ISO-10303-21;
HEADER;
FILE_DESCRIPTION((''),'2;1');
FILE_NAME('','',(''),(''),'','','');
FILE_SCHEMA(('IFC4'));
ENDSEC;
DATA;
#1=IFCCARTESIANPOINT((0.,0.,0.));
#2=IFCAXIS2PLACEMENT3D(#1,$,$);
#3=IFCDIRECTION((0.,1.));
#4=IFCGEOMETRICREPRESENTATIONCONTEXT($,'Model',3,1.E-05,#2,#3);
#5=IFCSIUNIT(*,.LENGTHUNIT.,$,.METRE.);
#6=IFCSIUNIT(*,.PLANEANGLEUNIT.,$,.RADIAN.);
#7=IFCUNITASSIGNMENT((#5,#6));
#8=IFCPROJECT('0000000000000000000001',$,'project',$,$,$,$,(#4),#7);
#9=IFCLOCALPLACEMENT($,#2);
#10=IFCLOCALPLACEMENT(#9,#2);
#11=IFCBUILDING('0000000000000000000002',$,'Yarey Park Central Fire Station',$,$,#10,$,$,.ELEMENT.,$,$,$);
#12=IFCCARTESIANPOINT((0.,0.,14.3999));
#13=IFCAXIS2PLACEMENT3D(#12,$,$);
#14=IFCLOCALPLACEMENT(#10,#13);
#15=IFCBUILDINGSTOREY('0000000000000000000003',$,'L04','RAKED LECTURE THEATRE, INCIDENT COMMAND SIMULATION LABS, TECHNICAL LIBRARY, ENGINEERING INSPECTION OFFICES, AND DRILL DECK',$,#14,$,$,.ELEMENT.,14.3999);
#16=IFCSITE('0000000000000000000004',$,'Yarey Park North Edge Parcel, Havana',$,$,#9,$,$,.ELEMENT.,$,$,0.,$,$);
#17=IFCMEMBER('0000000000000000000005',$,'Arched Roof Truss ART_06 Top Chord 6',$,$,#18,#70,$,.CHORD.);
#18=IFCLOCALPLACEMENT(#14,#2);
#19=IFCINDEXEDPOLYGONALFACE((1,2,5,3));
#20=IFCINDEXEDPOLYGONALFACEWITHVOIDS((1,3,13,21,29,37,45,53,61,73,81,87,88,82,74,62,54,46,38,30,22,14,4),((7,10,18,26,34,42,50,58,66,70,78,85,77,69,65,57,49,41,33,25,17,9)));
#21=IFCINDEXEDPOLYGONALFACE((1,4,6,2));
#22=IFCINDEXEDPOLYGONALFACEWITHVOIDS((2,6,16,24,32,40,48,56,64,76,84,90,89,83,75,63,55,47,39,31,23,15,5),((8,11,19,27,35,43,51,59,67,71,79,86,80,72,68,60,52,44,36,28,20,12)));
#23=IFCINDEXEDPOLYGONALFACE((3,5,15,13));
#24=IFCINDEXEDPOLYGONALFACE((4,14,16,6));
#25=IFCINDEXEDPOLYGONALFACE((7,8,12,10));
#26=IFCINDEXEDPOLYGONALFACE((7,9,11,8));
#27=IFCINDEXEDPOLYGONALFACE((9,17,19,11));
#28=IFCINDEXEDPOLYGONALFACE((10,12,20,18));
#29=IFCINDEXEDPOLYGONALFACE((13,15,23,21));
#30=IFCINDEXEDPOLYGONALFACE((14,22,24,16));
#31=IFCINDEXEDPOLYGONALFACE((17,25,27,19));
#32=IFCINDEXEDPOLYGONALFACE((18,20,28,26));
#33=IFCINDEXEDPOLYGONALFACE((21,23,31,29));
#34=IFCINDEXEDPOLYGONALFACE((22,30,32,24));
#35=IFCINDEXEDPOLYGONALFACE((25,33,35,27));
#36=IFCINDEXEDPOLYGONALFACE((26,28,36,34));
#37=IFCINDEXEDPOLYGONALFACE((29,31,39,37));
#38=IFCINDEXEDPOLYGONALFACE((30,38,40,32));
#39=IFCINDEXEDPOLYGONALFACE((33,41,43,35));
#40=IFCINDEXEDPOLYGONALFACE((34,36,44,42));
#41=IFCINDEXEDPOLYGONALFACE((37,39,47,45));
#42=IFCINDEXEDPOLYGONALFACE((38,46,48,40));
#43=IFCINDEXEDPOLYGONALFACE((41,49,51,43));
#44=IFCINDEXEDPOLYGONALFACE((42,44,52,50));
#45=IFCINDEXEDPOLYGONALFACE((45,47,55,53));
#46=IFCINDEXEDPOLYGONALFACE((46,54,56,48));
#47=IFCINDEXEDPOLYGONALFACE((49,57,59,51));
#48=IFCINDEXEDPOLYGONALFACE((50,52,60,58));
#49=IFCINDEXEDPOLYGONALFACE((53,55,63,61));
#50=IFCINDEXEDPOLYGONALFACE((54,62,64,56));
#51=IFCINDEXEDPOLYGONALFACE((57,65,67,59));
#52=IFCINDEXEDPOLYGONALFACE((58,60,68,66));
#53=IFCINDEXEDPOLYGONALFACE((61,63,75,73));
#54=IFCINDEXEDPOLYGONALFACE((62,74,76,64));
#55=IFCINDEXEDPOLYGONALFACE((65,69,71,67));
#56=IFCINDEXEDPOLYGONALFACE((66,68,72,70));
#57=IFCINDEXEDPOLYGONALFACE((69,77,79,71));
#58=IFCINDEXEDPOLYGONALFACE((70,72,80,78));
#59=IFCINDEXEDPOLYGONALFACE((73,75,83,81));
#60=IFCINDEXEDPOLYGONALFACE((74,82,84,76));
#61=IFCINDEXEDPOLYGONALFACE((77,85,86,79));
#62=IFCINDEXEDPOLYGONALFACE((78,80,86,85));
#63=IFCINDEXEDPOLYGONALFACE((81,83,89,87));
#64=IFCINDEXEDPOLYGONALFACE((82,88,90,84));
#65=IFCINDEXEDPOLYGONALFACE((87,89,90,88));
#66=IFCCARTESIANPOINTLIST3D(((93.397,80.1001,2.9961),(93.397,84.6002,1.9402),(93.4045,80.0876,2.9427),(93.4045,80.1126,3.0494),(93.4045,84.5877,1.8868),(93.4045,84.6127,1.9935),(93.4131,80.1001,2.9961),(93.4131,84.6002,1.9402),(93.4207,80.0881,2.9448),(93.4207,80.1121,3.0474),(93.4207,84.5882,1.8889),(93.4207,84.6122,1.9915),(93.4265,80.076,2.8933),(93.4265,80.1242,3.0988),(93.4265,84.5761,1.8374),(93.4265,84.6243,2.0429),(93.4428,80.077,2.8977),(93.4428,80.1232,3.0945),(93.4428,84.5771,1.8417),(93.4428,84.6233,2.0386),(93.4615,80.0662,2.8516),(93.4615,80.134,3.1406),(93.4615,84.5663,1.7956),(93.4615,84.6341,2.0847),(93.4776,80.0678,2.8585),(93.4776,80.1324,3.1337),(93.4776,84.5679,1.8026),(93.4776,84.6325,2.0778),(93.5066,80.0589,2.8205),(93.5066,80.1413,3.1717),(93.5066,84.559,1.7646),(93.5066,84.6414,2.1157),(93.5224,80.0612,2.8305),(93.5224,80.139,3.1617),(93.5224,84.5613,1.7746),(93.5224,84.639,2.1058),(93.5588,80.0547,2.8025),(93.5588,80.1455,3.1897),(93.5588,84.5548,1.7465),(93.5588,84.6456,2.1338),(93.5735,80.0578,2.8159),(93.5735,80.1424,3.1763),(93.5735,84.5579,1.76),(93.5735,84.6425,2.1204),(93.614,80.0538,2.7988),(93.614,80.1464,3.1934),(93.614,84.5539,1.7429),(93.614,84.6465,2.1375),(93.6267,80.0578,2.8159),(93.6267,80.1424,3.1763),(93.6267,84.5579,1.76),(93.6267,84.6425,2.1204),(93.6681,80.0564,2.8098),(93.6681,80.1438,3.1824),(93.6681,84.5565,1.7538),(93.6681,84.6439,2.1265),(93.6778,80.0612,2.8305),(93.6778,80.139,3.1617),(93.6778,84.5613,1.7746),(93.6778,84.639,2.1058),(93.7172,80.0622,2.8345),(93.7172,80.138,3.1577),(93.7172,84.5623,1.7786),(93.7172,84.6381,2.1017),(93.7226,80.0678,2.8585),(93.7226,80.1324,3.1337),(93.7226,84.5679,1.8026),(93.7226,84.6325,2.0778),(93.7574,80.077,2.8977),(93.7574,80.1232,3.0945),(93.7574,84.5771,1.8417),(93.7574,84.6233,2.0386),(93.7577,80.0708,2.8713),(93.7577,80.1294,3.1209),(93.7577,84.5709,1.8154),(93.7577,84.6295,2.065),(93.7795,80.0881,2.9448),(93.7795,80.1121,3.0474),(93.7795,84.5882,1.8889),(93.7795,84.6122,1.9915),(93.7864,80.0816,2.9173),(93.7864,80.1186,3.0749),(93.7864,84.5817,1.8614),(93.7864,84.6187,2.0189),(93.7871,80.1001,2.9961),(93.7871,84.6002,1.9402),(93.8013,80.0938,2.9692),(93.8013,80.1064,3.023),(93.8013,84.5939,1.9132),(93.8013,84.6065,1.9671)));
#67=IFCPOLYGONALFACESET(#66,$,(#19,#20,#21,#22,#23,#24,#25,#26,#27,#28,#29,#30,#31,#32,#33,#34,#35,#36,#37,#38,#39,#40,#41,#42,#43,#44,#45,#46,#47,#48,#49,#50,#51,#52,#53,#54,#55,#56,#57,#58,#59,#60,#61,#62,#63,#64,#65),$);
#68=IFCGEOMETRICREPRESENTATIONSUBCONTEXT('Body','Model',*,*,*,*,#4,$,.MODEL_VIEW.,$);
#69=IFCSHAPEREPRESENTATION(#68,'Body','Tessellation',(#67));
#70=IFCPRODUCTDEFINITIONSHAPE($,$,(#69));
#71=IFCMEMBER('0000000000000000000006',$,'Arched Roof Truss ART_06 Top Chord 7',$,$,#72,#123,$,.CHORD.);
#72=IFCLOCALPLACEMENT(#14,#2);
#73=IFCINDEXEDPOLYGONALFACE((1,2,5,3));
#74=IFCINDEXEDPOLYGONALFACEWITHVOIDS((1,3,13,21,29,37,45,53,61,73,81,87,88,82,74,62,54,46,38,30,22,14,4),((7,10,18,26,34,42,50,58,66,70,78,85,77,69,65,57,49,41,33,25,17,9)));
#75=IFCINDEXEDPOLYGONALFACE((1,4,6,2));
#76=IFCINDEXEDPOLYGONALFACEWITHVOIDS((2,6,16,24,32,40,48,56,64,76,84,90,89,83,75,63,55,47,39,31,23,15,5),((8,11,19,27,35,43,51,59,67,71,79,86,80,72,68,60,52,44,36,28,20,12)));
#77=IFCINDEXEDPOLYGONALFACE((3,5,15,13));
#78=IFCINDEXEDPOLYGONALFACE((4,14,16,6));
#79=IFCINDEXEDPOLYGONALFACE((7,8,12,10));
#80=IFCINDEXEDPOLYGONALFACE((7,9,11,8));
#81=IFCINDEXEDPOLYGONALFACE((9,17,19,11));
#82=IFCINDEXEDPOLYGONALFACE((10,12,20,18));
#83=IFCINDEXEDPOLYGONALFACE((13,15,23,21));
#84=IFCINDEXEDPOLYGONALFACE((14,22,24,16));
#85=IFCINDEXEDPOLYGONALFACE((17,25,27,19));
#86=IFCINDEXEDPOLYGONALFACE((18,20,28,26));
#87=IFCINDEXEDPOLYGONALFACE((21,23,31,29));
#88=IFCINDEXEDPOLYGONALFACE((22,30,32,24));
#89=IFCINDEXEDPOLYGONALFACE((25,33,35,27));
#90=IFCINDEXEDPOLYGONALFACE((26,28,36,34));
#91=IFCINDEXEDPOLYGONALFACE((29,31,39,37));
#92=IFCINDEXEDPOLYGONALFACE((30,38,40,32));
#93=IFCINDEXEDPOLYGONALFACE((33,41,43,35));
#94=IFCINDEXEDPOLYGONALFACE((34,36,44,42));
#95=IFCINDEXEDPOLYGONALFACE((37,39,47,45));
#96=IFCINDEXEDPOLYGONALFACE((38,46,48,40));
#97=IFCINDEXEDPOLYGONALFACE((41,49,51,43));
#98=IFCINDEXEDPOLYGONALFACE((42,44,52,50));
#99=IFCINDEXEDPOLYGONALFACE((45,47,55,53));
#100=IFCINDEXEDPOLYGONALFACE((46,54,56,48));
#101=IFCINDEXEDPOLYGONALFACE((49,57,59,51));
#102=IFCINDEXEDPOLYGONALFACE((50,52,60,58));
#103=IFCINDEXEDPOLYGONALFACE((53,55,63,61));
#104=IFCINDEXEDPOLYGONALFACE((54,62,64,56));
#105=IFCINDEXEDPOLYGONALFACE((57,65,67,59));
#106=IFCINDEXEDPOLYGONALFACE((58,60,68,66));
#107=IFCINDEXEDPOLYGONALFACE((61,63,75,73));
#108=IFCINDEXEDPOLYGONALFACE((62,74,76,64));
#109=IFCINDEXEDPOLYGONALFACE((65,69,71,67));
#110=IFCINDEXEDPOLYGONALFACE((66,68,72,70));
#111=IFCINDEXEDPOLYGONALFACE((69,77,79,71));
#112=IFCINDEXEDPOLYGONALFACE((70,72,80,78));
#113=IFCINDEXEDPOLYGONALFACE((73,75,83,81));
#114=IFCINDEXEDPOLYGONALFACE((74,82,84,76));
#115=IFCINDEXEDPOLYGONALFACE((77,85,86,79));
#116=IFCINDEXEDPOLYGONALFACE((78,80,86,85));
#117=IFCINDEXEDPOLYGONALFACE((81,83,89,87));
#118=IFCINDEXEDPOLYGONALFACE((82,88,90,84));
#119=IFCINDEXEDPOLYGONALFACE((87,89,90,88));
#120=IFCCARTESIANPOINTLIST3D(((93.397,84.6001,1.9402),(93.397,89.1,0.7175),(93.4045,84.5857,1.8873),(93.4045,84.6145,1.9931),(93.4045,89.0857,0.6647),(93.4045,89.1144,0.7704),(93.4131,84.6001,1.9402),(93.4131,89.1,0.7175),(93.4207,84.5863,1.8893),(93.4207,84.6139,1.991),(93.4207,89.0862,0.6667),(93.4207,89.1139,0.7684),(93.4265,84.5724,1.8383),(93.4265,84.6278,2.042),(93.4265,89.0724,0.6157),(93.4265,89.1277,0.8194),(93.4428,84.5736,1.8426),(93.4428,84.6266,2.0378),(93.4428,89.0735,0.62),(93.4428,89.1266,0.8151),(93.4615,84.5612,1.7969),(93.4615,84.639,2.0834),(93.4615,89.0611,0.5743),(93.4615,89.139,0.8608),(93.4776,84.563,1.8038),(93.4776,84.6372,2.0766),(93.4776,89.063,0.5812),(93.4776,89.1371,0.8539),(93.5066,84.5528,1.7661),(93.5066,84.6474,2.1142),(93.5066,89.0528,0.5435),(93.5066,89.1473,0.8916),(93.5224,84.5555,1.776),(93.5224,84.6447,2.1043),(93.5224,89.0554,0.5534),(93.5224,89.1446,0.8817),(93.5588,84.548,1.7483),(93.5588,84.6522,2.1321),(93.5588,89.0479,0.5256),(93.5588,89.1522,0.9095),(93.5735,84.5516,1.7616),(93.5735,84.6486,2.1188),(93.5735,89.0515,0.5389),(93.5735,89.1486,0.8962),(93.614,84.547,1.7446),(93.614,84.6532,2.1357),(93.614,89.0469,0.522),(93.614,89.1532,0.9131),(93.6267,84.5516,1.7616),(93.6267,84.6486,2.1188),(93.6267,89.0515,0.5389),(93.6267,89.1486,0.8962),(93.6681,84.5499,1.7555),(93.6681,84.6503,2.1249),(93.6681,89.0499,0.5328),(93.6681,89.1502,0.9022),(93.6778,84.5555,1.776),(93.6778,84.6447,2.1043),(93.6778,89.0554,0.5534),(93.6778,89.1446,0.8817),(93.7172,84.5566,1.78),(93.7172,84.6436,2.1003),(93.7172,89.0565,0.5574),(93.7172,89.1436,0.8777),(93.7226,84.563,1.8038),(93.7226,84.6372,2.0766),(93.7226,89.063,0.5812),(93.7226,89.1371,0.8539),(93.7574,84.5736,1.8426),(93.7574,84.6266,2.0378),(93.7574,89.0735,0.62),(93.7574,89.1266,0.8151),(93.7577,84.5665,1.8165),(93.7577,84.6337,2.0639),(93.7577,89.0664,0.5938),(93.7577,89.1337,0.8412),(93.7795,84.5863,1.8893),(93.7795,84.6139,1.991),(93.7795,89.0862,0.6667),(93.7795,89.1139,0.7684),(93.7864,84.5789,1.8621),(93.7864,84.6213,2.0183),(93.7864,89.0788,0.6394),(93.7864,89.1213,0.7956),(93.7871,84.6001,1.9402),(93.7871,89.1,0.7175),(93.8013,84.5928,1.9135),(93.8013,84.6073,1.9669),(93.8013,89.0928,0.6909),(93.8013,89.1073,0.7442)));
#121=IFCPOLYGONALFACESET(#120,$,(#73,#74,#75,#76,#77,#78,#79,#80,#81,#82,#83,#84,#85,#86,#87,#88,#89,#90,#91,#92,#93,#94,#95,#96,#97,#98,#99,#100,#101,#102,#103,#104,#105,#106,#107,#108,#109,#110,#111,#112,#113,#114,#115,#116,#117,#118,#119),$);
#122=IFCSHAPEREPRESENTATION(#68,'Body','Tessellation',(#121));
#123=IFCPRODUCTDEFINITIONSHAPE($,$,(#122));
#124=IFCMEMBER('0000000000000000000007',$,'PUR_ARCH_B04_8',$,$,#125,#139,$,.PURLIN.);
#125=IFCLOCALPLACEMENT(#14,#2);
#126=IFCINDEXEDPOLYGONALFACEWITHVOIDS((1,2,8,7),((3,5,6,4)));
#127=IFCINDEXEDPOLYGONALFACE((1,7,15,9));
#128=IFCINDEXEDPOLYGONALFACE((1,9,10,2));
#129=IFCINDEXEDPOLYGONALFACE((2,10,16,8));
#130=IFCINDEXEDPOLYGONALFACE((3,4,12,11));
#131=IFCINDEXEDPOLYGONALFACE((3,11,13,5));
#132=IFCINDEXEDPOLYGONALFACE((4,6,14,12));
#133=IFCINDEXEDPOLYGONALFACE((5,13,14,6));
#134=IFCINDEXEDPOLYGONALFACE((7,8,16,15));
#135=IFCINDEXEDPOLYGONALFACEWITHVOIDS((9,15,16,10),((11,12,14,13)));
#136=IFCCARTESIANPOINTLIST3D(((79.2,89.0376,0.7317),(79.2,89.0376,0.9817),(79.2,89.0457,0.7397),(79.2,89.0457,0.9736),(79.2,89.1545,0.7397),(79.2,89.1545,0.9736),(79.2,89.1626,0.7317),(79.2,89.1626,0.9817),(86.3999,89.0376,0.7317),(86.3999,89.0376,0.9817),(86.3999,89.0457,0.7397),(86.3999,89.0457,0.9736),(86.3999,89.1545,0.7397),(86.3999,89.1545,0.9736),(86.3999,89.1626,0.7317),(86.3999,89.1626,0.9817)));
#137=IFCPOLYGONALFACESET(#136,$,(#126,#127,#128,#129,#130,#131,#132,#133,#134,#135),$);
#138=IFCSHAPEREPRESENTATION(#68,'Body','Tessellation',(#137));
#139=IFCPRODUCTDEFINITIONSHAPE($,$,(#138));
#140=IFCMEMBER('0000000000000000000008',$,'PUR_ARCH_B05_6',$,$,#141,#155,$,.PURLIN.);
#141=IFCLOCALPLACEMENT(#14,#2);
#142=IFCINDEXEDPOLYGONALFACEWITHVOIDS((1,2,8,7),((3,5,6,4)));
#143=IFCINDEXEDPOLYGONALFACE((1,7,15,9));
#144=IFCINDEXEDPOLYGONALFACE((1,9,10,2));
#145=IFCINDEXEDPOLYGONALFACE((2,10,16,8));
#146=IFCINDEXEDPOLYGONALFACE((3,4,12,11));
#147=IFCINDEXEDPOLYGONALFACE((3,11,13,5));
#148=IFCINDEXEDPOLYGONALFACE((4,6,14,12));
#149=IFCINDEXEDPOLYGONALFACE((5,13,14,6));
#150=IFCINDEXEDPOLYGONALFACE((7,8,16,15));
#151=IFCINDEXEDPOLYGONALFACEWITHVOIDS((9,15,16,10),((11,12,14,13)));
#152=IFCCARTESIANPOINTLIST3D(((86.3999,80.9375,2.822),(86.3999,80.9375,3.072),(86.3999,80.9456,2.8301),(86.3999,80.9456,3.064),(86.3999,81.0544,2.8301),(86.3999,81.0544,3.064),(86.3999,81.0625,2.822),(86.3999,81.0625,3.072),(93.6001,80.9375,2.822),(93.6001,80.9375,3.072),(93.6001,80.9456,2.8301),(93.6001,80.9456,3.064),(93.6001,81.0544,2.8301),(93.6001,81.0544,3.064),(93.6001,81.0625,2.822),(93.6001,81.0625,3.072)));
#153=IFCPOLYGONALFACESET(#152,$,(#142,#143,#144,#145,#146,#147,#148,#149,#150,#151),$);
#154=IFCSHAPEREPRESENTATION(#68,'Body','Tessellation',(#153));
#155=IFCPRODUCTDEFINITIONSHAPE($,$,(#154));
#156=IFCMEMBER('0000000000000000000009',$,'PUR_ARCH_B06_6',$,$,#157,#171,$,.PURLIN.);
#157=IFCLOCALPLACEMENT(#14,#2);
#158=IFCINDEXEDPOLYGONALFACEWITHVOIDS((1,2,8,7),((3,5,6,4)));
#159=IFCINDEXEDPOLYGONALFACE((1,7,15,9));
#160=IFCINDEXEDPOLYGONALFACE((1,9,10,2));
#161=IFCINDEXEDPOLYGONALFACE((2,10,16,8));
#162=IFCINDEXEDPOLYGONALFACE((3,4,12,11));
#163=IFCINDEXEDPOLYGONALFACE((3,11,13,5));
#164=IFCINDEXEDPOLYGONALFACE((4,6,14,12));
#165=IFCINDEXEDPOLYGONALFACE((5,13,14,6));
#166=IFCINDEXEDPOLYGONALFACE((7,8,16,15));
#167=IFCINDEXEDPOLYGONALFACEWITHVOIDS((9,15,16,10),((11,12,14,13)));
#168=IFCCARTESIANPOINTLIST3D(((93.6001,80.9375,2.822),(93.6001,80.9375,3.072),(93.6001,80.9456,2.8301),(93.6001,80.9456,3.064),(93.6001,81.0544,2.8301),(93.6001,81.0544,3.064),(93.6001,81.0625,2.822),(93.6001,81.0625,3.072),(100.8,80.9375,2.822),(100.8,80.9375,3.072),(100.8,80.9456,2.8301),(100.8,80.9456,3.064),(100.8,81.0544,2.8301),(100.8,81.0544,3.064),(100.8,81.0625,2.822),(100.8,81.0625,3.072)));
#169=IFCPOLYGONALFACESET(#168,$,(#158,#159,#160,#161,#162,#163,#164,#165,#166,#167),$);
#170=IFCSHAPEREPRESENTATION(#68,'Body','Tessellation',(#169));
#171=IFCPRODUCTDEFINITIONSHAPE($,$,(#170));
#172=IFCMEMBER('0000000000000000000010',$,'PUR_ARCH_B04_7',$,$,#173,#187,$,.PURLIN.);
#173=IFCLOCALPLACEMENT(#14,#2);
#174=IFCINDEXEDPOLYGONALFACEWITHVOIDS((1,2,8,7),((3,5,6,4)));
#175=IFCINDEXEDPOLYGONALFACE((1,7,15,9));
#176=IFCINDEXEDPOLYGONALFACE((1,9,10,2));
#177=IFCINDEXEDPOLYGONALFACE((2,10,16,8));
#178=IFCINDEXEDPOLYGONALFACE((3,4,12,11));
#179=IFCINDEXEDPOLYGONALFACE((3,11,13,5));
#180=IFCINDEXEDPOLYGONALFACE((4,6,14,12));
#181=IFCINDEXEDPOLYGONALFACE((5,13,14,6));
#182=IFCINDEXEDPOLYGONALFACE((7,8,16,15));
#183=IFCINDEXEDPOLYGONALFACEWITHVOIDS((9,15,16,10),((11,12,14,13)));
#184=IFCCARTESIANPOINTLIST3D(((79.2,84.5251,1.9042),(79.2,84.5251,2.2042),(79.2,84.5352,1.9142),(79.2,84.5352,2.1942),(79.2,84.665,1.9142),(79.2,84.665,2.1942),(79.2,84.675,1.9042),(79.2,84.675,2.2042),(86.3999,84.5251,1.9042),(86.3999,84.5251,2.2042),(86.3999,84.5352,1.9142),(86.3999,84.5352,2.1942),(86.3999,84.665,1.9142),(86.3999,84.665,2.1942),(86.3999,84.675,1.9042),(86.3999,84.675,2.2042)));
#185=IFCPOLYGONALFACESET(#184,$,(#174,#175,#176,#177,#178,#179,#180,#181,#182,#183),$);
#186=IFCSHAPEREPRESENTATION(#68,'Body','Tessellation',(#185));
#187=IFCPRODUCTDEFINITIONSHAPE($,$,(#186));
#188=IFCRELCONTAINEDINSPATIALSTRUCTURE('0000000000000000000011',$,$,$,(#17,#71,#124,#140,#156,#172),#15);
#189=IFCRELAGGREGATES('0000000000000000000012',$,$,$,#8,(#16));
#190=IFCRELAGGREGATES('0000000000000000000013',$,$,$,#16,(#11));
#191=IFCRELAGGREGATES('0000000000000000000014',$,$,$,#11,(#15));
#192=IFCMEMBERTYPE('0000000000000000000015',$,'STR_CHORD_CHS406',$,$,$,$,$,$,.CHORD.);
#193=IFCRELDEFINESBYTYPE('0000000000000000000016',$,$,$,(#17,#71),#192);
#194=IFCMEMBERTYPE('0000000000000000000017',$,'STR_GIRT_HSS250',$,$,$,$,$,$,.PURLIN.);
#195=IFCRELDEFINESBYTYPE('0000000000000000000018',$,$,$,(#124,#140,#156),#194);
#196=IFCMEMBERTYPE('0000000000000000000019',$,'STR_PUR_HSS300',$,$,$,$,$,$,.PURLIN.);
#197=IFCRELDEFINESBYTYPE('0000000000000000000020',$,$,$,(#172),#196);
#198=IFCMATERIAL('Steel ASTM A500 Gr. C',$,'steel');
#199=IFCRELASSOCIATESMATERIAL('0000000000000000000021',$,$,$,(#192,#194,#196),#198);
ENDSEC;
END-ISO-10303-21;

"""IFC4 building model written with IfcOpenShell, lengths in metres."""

from ifc_helpers import new_model, si_unit, direction, frame, origin, origin_2d, place, context, subcontext, project, spatial, hollow_rectangle, hollow_circle, extrude, material, material_profile, profile_set, type_object, element, save


model = new_model("IFC4")

# Units and contexts
model_context = context("Model", 3, precision=1e-05, world=origin(), true_north=direction((0.0, 1.0)))
body_context = subcontext(model_context, "Body", "Model", "MODEL_VIEW")
ifc_project = project(units=[si_unit("LENGTHUNIT", "METRE"), si_unit("PLANEANGLEUNIT", "RADIAN")], contexts=[model_context])

# Site, building, storey
site_placement = place(None, origin())
site = spatial("IfcSite", under=ifc_project, at=site_placement, Name="Yarey Park North Edge Parcel, Havana", CompositionType="ELEMENT", RefElevation=0.0)
building_placement = place(site_placement, origin())
building = spatial("IfcBuilding", under=site, at=building_placement, Name="Yarey Park Central Fire Station", CompositionType="ELEMENT")
storey_placement = place(building_placement, frame((0.0, 0.0, 14.3999)))
storey = spatial("IfcBuildingStorey", under=building, at=storey_placement, Name="L04", Description="RAKED LECTURE THEATRE, INCIDENT COMMAND SIMULATION LABS, TECHNICAL LIBRARY, ENGINEERING INSPECTION OFFICES, AND DRILL DECK", CompositionType="ELEMENT", Elevation=14.3999)

# Members
ifc_material = material(Name="Steel ASTM A500 Gr. C", Category="steel")
ifc_material_profile_1 = material_profile(ifc_material, hollow_circle(Radius=0.2031, WallThickness=0.0161, at=origin_2d()), Name="CHS 406.4x16")
ifc_profile_set_1 = profile_set([ifc_material_profile_1], Name="Steel ASTM A500 Gr. C")
member_type_1 = type_object("IfcMemberType", Name="STR_CHORD_CHS406", PredefinedType="CHORD", material=ifc_profile_set_1)
member_1_placement = place(storey_placement, frame((93.6001, 80.1001, 2.9961), z_axis=(0.0, 0.973558, -0.228442), x_axis=(-1.0, 0.0, 0.0)))
element("IfcMember", 1, at=member_1_placement, inside=storey, type_object=member_type_1, Name="Arched Roof Truss ART_06 Top Chord 6", PredefinedType="CHORD", context=body_context, shape_type="SweptSolid", body=[
    extrude(hollow_circle(Radius=0.2031, WallThickness=0.0161, at=origin_2d()), origin(), (0.0, 0.0, 1.0), 4.6223),
])
member_2_placement = place(storey_placement, frame((93.6001, 84.6001, 1.9402), z_axis=(0.0, 0.965015, -0.262196), x_axis=(-1.0, 0.0, 0.0)))
element("IfcMember", 2, at=member_2_placement, inside=storey, type_object=member_type_1, Name="Arched Roof Truss ART_06 Top Chord 7", PredefinedType="CHORD", context=body_context, shape_type="SweptSolid", body=[
    extrude(hollow_circle(Radius=0.2031, WallThickness=0.0161, at=origin_2d()), origin(), (0.0, 0.0, 1.0), 4.6631),
])
ifc_material_profile_2 = material_profile(ifc_material, hollow_rectangle(XDim=0.125, YDim=0.25, WallThickness=0.0081, at=origin_2d()), Name="HSS 250x125x8")
ifc_profile_set_2 = profile_set([ifc_material_profile_2], Name="Steel ASTM A500 Gr. C")
member_type_2 = type_object("IfcMemberType", Name="STR_GIRT_HSS250", PredefinedType="PURLIN", material=ifc_profile_set_2)
member_3_placement = place(storey_placement, frame((79.2, 89.1001, 0.8567), z_axis=(1.0, 0.0, 0.0), x_axis=(0.0, 1.0, 0.0)))
element("IfcMember", 3, at=member_3_placement, inside=storey, type_object=member_type_2, Name="PUR_ARCH_B04_8", PredefinedType="PURLIN", context=body_context, shape_type="SweptSolid", body=[
    extrude(hollow_rectangle(XDim=0.125, YDim=0.25, WallThickness=0.0081, at=origin_2d()), origin(), (0.0, 0.0, 1.0), 7.2),
])
member_4_placement = place(storey_placement, frame((86.3999, 81.0, 2.947), z_axis=(1.0, 0.0, 0.0), x_axis=(0.0, 1.0, 0.0)))
element("IfcMember", 4, at=member_4_placement, inside=storey, type_object=member_type_2, Name="PUR_ARCH_B05_6", PredefinedType="PURLIN", context=body_context, shape_type="SweptSolid", body=[
    extrude(hollow_rectangle(XDim=0.125, YDim=0.25, WallThickness=0.0081, at=origin_2d()), origin(), (0.0, 0.0, 1.0), 7.2002),
])
member_5_placement = place(storey_placement, frame((93.6001, 81.0, 2.947), z_axis=(1.0, 0.0, 0.0), x_axis=(0.0, 1.0, 0.0)))
element("IfcMember", 5, at=member_5_placement, inside=storey, type_object=member_type_2, Name="PUR_ARCH_B06_6", PredefinedType="PURLIN", context=body_context, shape_type="SweptSolid", body=[
    extrude(hollow_rectangle(XDim=0.125, YDim=0.25, WallThickness=0.0081, at=origin_2d()), origin(), (0.0, 0.0, 1.0), 7.2),
])
ifc_material_profile_3 = material_profile(ifc_material, hollow_rectangle(XDim=0.1499, YDim=0.3, WallThickness=0.01, at=origin_2d()), Name="HSS 300x150x10")
ifc_profile_set_3 = profile_set([ifc_material_profile_3], Name="Steel ASTM A500 Gr. C")
member_type_3 = type_object("IfcMemberType", Name="STR_PUR_HSS300", PredefinedType="PURLIN", material=ifc_profile_set_3)
member_6_placement = place(storey_placement, frame((79.2, 84.6001, 2.0542), z_axis=(1.0, 0.0, 0.0), x_axis=(0.0, 1.0, 0.0)))
element("IfcMember", 6, at=member_6_placement, inside=storey, type_object=member_type_3, Name="PUR_ARCH_B04_7", PredefinedType="PURLIN", context=body_context, shape_type="SweptSolid", body=[
    extrude(hollow_rectangle(XDim=0.1499, YDim=0.3, WallThickness=0.01, at=origin_2d()), origin(), (0.0, 0.0, 1.0), 7.2),
])

save(model, "model.ifc")
